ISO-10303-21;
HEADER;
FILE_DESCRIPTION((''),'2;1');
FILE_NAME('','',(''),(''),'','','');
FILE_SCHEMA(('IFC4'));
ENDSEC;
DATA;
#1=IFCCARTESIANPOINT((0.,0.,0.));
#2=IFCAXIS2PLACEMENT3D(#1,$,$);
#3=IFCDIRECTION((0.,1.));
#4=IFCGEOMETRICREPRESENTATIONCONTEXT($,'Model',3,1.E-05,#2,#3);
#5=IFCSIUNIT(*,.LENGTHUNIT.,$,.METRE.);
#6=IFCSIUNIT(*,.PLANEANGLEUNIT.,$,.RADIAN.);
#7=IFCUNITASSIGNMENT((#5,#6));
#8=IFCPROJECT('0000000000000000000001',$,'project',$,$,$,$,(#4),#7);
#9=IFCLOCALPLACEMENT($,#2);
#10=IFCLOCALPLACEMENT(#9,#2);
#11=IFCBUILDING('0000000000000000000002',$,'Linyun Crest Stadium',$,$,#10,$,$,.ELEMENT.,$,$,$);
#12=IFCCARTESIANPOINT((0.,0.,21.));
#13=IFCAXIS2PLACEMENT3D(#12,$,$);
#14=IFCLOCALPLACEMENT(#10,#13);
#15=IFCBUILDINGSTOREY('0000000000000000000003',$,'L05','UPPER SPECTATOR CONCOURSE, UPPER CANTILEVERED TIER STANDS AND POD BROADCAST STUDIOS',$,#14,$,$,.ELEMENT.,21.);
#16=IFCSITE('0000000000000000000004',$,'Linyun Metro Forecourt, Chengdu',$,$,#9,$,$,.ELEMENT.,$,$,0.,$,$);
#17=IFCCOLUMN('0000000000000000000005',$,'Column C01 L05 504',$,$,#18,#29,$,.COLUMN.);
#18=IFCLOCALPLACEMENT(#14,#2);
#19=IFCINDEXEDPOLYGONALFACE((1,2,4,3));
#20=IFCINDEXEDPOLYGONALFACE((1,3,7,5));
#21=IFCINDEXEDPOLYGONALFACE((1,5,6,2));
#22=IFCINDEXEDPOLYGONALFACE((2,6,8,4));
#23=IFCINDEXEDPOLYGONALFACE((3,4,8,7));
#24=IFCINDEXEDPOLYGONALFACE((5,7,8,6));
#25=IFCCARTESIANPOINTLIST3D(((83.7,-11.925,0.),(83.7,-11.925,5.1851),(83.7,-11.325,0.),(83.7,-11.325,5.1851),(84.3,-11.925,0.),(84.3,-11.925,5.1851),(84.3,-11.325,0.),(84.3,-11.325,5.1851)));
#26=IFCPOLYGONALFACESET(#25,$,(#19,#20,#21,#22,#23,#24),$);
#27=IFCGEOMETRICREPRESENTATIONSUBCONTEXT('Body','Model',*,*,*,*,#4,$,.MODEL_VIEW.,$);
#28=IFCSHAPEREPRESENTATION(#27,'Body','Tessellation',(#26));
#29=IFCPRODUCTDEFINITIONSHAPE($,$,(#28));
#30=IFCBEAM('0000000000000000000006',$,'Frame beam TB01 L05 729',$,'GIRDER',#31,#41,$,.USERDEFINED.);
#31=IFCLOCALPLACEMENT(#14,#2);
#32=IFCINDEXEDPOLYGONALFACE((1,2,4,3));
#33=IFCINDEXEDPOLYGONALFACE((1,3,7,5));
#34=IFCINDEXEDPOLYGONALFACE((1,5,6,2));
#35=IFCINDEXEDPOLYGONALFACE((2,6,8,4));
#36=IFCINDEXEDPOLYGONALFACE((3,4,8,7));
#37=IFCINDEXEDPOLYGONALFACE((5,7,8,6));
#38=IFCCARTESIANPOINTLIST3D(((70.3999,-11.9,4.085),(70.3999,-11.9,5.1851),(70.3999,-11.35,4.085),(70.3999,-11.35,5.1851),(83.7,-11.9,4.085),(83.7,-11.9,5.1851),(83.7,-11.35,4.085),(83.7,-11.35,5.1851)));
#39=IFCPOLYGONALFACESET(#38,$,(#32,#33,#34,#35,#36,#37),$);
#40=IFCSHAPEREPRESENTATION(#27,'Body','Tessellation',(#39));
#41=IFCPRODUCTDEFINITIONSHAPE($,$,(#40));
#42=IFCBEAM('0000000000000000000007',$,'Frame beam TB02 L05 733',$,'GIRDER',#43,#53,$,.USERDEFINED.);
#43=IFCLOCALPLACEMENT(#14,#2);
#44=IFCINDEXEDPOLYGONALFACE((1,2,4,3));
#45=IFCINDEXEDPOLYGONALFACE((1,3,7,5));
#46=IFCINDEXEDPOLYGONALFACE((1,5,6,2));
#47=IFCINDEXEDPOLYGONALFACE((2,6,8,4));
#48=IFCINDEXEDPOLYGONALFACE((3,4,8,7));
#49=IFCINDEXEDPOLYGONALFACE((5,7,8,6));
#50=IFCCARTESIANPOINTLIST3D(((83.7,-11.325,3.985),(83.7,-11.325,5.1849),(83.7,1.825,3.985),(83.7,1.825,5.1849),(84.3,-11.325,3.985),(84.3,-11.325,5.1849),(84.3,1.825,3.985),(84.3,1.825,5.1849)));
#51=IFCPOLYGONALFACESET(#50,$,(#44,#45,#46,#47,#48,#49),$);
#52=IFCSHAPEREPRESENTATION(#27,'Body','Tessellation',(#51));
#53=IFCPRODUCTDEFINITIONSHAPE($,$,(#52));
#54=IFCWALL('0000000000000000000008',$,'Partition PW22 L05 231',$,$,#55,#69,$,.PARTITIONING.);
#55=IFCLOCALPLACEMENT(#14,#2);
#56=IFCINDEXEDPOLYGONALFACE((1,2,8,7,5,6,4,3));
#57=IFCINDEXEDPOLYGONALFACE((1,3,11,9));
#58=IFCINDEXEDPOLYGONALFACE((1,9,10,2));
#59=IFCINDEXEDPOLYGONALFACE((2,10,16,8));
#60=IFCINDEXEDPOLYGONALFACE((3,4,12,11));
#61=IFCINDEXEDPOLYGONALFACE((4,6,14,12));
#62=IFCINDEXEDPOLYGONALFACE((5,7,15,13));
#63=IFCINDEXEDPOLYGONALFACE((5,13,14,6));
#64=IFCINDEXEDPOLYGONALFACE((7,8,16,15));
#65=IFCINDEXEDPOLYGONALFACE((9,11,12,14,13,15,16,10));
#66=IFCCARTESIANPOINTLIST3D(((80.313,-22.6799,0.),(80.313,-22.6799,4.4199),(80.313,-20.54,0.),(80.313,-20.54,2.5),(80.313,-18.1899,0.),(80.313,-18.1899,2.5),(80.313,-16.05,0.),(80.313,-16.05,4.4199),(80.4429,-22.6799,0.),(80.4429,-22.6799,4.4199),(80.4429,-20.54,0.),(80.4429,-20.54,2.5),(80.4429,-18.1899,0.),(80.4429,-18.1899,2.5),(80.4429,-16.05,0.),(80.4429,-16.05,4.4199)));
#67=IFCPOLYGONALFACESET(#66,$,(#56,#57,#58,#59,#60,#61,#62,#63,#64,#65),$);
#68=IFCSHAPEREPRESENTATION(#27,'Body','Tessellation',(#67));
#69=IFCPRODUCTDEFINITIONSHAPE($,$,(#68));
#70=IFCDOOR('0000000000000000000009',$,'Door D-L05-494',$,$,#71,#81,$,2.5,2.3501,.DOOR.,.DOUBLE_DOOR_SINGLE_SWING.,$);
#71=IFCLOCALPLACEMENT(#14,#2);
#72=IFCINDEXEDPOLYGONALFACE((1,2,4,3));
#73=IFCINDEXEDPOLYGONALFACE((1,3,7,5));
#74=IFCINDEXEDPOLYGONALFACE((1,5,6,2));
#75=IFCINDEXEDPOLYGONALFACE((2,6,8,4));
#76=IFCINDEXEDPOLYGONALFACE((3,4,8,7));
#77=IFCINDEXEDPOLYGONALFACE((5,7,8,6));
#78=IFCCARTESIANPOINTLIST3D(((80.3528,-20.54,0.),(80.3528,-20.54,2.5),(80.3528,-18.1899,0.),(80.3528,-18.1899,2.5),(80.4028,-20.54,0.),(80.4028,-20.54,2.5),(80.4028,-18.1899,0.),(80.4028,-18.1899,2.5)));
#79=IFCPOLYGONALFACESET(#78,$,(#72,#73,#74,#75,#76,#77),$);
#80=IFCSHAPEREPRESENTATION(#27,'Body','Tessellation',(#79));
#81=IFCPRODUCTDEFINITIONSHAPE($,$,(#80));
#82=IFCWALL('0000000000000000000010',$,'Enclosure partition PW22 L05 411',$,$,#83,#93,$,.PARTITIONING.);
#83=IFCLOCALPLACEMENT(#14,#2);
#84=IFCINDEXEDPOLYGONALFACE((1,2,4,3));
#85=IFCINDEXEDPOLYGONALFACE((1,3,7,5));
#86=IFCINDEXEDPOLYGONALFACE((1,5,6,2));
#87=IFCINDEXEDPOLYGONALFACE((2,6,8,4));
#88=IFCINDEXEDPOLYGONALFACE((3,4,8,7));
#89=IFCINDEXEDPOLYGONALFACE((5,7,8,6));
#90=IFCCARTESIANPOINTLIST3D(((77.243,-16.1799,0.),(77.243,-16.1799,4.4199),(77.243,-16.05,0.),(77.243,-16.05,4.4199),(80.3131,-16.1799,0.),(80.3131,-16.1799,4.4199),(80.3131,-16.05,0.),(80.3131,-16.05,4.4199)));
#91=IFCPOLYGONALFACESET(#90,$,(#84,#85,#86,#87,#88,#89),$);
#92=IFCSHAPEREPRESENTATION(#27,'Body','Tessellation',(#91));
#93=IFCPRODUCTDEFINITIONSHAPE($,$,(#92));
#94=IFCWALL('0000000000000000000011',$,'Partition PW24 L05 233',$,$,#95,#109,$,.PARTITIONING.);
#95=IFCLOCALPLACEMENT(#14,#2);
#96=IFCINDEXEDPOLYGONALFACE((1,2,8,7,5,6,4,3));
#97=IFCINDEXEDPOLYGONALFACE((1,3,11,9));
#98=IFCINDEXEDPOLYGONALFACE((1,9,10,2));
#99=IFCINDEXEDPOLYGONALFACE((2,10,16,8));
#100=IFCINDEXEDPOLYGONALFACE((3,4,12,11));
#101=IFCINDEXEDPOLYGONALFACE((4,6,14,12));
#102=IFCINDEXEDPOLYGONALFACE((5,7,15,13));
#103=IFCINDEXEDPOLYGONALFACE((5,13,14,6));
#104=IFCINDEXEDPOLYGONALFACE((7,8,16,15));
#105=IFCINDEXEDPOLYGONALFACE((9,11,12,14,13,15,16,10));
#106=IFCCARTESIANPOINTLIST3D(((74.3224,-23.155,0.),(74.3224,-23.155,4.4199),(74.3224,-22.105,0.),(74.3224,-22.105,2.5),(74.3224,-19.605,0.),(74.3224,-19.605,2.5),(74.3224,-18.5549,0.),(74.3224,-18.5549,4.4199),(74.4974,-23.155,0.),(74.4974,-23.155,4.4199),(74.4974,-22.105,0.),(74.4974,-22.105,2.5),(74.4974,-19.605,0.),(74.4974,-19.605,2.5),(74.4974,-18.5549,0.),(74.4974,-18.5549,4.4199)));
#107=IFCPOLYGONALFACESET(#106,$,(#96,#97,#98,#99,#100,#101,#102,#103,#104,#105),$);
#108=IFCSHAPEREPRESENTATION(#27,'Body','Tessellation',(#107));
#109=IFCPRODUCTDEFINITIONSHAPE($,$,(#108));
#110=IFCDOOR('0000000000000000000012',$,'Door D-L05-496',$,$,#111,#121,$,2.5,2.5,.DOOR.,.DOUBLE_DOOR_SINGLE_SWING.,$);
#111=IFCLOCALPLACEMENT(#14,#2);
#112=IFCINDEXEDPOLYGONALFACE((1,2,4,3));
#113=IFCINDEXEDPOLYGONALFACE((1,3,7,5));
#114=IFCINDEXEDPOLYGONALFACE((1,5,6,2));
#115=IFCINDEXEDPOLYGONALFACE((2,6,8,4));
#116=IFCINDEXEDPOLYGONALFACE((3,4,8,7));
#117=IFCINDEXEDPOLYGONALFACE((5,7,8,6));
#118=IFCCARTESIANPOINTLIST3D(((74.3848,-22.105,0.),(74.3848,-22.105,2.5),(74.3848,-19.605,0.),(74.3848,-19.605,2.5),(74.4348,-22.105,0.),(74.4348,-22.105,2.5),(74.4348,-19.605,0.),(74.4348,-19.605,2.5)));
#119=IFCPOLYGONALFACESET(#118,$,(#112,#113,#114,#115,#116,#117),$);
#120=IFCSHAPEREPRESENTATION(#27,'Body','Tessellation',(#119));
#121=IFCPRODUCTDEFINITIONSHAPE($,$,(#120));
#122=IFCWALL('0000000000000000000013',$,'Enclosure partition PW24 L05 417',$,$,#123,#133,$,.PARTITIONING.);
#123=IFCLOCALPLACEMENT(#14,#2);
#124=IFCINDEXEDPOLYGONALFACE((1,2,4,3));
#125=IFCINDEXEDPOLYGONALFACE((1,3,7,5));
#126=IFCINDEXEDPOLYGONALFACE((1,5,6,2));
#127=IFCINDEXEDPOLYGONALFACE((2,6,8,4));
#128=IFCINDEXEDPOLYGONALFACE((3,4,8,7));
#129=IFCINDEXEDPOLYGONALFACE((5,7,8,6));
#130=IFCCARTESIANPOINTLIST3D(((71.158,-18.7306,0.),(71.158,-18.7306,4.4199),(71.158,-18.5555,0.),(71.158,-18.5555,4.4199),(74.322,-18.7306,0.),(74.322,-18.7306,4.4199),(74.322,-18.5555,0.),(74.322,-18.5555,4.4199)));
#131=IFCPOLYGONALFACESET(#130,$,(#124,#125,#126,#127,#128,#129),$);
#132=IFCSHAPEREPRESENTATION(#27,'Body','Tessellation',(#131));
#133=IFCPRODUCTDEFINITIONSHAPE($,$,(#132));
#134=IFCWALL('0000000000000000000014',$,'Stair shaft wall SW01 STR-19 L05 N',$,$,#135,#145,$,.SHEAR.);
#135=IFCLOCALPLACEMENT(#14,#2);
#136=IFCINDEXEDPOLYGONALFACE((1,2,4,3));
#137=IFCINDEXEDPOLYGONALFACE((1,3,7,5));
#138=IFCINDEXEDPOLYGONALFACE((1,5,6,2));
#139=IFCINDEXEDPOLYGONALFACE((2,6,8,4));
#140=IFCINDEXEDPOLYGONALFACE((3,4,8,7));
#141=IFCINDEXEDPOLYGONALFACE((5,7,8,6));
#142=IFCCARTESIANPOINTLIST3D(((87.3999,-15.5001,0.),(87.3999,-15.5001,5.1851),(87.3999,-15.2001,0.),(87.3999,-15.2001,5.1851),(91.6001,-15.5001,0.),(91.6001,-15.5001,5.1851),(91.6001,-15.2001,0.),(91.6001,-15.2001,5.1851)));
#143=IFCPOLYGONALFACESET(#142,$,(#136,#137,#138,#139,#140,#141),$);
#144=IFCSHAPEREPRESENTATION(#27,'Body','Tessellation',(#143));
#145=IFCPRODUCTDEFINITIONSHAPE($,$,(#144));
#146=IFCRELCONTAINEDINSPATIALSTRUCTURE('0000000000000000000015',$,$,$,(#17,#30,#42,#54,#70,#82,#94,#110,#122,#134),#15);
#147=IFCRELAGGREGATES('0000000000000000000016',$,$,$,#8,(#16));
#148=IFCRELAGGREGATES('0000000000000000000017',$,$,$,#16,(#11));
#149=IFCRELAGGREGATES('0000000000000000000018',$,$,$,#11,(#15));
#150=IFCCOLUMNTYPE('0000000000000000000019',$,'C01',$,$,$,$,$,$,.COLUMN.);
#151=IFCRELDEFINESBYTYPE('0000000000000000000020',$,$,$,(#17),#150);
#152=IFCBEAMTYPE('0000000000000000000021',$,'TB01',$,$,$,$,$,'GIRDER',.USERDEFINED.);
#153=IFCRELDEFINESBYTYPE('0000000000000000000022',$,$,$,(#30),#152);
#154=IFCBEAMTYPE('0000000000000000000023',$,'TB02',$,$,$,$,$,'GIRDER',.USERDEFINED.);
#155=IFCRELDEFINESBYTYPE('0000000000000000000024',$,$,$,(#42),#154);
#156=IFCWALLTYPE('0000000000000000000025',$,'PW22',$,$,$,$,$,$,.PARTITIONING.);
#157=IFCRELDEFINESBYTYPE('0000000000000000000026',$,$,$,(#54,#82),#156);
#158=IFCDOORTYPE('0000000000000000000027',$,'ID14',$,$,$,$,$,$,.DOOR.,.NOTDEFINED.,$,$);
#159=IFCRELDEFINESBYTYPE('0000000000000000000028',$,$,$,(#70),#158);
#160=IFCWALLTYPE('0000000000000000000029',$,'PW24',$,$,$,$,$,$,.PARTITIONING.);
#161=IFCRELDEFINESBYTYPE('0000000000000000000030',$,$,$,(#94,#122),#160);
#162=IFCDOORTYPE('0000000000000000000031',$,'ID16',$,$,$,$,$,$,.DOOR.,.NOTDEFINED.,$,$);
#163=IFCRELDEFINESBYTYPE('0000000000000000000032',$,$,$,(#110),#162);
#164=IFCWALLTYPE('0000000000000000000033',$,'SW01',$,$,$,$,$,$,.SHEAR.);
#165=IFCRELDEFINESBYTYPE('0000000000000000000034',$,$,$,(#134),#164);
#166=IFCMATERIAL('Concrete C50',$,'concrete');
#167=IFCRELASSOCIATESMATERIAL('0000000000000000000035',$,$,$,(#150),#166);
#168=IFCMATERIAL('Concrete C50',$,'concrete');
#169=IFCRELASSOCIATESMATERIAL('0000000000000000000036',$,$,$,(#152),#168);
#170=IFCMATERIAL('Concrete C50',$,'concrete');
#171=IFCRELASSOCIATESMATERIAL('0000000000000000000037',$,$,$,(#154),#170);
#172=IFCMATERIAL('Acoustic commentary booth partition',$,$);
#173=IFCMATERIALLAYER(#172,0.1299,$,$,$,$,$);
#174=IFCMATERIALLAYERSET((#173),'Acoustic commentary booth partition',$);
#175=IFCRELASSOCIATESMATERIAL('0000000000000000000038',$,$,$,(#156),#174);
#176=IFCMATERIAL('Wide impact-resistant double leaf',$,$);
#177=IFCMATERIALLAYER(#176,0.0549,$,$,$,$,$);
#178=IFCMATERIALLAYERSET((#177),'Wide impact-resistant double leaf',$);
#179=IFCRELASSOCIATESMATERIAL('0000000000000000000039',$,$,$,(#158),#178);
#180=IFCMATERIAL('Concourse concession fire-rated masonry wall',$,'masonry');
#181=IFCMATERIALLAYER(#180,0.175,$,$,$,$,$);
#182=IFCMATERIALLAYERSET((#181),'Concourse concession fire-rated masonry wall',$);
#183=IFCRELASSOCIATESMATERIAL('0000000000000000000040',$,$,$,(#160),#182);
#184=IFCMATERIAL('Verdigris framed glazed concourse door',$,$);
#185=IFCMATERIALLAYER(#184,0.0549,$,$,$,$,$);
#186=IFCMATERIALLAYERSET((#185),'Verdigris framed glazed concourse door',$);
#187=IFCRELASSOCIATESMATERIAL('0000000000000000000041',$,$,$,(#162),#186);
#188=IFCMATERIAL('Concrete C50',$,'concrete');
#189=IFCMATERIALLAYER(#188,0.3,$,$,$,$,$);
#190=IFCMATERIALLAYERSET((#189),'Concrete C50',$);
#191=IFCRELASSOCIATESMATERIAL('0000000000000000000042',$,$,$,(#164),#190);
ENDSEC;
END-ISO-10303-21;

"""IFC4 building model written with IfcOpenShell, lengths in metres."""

from ifc_helpers import new_model, si_unit, direction, frame, frame_2d, origin, origin_2d, place, context, subcontext, project, spatial, rectangle, extrude, material, layer, layer_set, material_profile, profile_set, type_object, element, fill, save


model = new_model("IFC4")

# Units and contexts
model_context = context("Model", 3, precision=1e-05, world=origin(), true_north=direction((0.0, 1.0)))
body_context = subcontext(model_context, "Body", "Model", "MODEL_VIEW")
ifc_project = project(units=[si_unit("LENGTHUNIT", "METRE"), si_unit("PLANEANGLEUNIT", "RADIAN")], contexts=[model_context])

# Site, building, storey
site_placement = place(None, origin())
site = spatial("IfcSite", under=ifc_project, at=site_placement, Name="Linyun Metro Forecourt, Chengdu", CompositionType="ELEMENT", RefElevation=0.0)
building_placement = place(site_placement, origin())
building = spatial("IfcBuilding", under=site, at=building_placement, Name="Linyun Crest Stadium", CompositionType="ELEMENT")
storey_placement = place(building_placement, frame((0.0, 0.0, 21.0)))
storey = spatial("IfcBuildingStorey", under=building, at=storey_placement, Name="L05", Description="UPPER SPECTATOR CONCOURSE, UPPER CANTILEVERED TIER STANDS AND POD BROADCAST STUDIOS", CompositionType="ELEMENT", Elevation=21.0)

# Column
ifc_material_1 = material(Name="Concrete C50", Category="concrete")
ifc_material_profile_1 = material_profile(ifc_material_1, rectangle(XDim=0.6001, YDim=0.6001, at=origin_2d()), Name="RC 600x600")
ifc_profile_set_1 = profile_set([ifc_material_profile_1], Name="Concrete C50")
column_type = type_object("IfcColumnType", Name="C01", PredefinedType="COLUMN", material=ifc_profile_set_1)
column_placement = place(storey_placement, frame((84.0, -11.625, 0.0), z_axis=(0.0, 0.0, 1.0), x_axis=(1.0, 0.0, 0.0)))
element("IfcColumn", 1, at=column_placement, inside=storey, type_object=column_type, Name="Column C01 L05 504", PredefinedType="COLUMN", context=body_context, shape_type="SweptSolid", body=[
    extrude(rectangle(XDim=0.6001, YDim=0.6001, at=origin_2d()), origin(), (0.0, 0.0, 1.0), 5.1851),
])

# Beams
ifc_material_2 = material(Name="Concrete C50", Category="concrete")
ifc_material_profile_2 = material_profile(ifc_material_2, rectangle(XDim=0.55, YDim=1.1001, at=origin_2d()), Name="RCB 1100x550")
ifc_profile_set_2 = profile_set([ifc_material_profile_2], Name="Concrete C50")
beam_type_1 = type_object("IfcBeamType", Name="TB01", ElementType="GIRDER", PredefinedType="USERDEFINED", material=ifc_profile_set_2)
beam_1_placement = place(storey_placement, frame((70.3999, -11.625, 4.635), z_axis=(1.0, 0.0, 0.0), x_axis=(0.0, 1.0, 0.0)))
element("IfcBeam", 2, at=beam_1_placement, inside=storey, type_object=beam_type_1, Name="Frame beam TB01 L05 729", ObjectType="GIRDER", PredefinedType="USERDEFINED", context=body_context, shape_type="SweptSolid", body=[
    extrude(rectangle(XDim=0.55, YDim=1.1001, at=origin_2d()), origin(), (0.0, 0.0, 1.0), 13.3),
])
ifc_material_3 = material(Name="Concrete C50", Category="concrete")
ifc_material_profile_3 = material_profile(ifc_material_3, rectangle(XDim=0.6001, YDim=1.2, at=origin_2d()), Name="RCB 1200x600")
ifc_profile_set_3 = profile_set([ifc_material_profile_3], Name="Concrete C50")
beam_type_2 = type_object("IfcBeamType", Name="TB02", ElementType="GIRDER", PredefinedType="USERDEFINED", material=ifc_profile_set_3)
beam_2_placement = place(storey_placement, frame((84.0, -11.325, 4.585), z_axis=(0.0, 1.0, 0.0), x_axis=(-1.0, 0.0, 0.0)))
element("IfcBeam", 3, at=beam_2_placement, inside=storey, type_object=beam_type_2, Name="Frame beam TB02 L05 733", ObjectType="GIRDER", PredefinedType="USERDEFINED", context=body_context, shape_type="SweptSolid", body=[
    extrude(rectangle(XDim=0.6001, YDim=1.2, at=origin_2d()), origin(), (0.0, 0.0, 1.0), 13.1499),
])

# Wall, opening, door
ifc_material_4 = material(Name="Acoustic commentary booth partition")
ifc_layer_1 = layer(ifc_material_4, 0.1299)
ifc_layer_set_1 = layer_set([ifc_layer_1], Name="Acoustic commentary booth partition")
wall_type_1 = type_object("IfcWallType", Name="PW22", PredefinedType="PARTITIONING", material=ifc_layer_set_1)
wall_1_placement = place(storey_placement, frame((80.3779, -16.05, 0.0), z_axis=(0.0, 0.0, 1.0), x_axis=(0.0, -1.0, 0.0)))
wall_1 = element("IfcWall", 4, at=wall_1_placement, inside=storey, type_object=wall_type_1, Name="Partition PW22 L05 231", PredefinedType="PARTITIONING", context=body_context, shape_type="SweptSolid", body=[
    extrude(rectangle(XDim=6.6299, YDim=0.1299, at=frame_2d((3.3149, 0.0))), origin(), (0.0, 0.0, 1.0), 4.4199),
])
opening_1_placement = place(wall_1_placement, frame((2.1399, 0.0, 0.0)))
opening_1 = element("IfcOpeningElement", 5, at=opening_1_placement, cuts=wall_1, PredefinedType="OPENING", context=body_context, shape_type="SweptSolid", body=[
    extrude(rectangle(XDim=2.3501, YDim=2.5, at=frame_2d((1.175, 1.25))), frame((0.0, 0.075, 0.0), z_axis=(0.0, -1.0, 0.0), x_axis=(1.0, 0.0, 0.0)), (0.0, 0.0, 1.0), 0.1499),
])
ifc_material_5 = material(Name="Wide impact-resistant double leaf")
ifc_layer_2 = layer(ifc_material_5, 0.0549)
ifc_layer_set_2 = layer_set([ifc_layer_2], Name="Wide impact-resistant double leaf")
door_type_1 = type_object("IfcDoorType", Name="ID14", OperationType="NOTDEFINED", PredefinedType="DOOR", material=ifc_layer_set_2)
door_1_placement = place(opening_1_placement, origin())
door_1 = element("IfcDoor", 6, at=door_1_placement, inside=storey, type_object=door_type_1, Name="Door D-L05-494", OperationType="DOUBLE_DOOR_SINGLE_SWING", OverallHeight=2.5, OverallWidth=2.3501, PredefinedType="DOOR", context=body_context, shape_type="SweptSolid", body=[
    extrude(rectangle(XDim=2.3501, YDim=2.5, at=frame_2d((1.175, 1.25))), frame((0.0, 0.0249, 0.0), z_axis=(0.0, -1.0, 0.0), x_axis=(1.0, 0.0, 0.0)), (0.0, 0.0, 1.0), 0.05),
])
fill(opening_1, door_1)

# Wall
wall_2_placement = place(storey_placement, frame((77.2429, -16.115, 0.0), z_axis=(0.0, 0.0, 1.0), x_axis=(1.0, 0.0, 0.0)))
element("IfcWall", 7, at=wall_2_placement, inside=storey, type_object=wall_type_1, Name="Enclosure partition PW22 L05 411", PredefinedType="PARTITIONING", context=body_context, shape_type="SweptSolid", body=[
    extrude(rectangle(XDim=3.0701, YDim=0.1299, at=frame_2d((1.5352, 0.0))), origin(), (0.0, 0.0, 1.0), 4.4199),
])

# Wall, opening, door
ifc_material_6 = material(Name="Concourse concession fire-rated masonry wall", Category="masonry")
ifc_layer_3 = layer(ifc_material_6, 0.175)
ifc_layer_set_3 = layer_set([ifc_layer_3], Name="Concourse concession fire-rated masonry wall")
wall_type_2 = type_object("IfcWallType", Name="PW24", PredefinedType="PARTITIONING", material=ifc_layer_set_3)
wall_3_placement = place(storey_placement, frame((74.4099, -18.5549, 0.0), z_axis=(0.0, 0.0, 1.0), x_axis=(0.0, -1.0, 0.0)))
wall_3 = element("IfcWall", 8, at=wall_3_placement, inside=storey, type_object=wall_type_2, Name="Partition PW24 L05 233", PredefinedType="PARTITIONING", context=body_context, shape_type="SweptSolid", body=[
    extrude(rectangle(XDim=4.6001, YDim=0.175, at=frame_2d((2.3, 0.0))), origin(), (0.0, 0.0, 1.0), 4.4199),
])
opening_2_placement = place(wall_3_placement, frame((1.05, 0.0, 0.0)))
opening_2 = element("IfcOpeningElement", 9, at=opening_2_placement, cuts=wall_3, PredefinedType="OPENING", context=body_context, shape_type="SweptSolid", body=[
    extrude(rectangle(XDim=2.5, YDim=2.5, at=frame_2d((1.25, 1.25))), frame((0.0, 0.0974, 0.0), z_axis=(0.0, -1.0, 0.0), x_axis=(1.0, 0.0, 0.0)), (0.0, 0.0, 1.0), 0.1951),
])
ifc_material_7 = material(Name="Verdigris framed glazed concourse door")
ifc_layer_4 = layer(ifc_material_7, 0.0549)
ifc_layer_set_4 = layer_set([ifc_layer_4], Name="Verdigris framed glazed concourse door")
door_type_2 = type_object("IfcDoorType", Name="ID16", OperationType="NOTDEFINED", PredefinedType="DOOR", material=ifc_layer_set_4)
door_2_placement = place(opening_2_placement, origin())
door_2 = element("IfcDoor", 10, at=door_2_placement, inside=storey, type_object=door_type_2, Name="Door D-L05-496", OperationType="DOUBLE_DOOR_SINGLE_SWING", OverallHeight=2.5, OverallWidth=2.5, PredefinedType="DOOR", context=body_context, shape_type="SweptSolid", body=[
    extrude(rectangle(XDim=2.5, YDim=2.5, at=frame_2d((1.25, 1.25))), frame((0.0, 0.0249, 0.0), z_axis=(0.0, -1.0, 0.0), x_axis=(1.0, 0.0, 0.0)), (0.0, 0.0, 1.0), 0.05),
])
fill(opening_2, door_2)

# Walls
wall_4_placement = place(storey_placement, frame((71.158, -18.6431, 0.0), z_axis=(0.0, 0.0, 1.0), x_axis=(1.0, 0.0, 0.0)))
element("IfcWall", 11, at=wall_4_placement, inside=storey, type_object=wall_type_2, Name="Enclosure partition PW24 L05 417", PredefinedType="PARTITIONING", context=body_context, shape_type="SweptSolid", body=[
    extrude(rectangle(XDim=3.1641, YDim=0.175, at=frame_2d((1.582, 0.0))), origin(), (0.0, 0.0, 1.0), 4.4199),
])
ifc_material_8 = material(Name="Concrete C50", Category="concrete")
ifc_layer_5 = layer(ifc_material_8, 0.3)
ifc_layer_set_5 = layer_set([ifc_layer_5], Name="Concrete C50")
wall_type_3 = type_object("IfcWallType", Name="SW01", PredefinedType="SHEAR", material=ifc_layer_set_5)
wall_5_placement = place(storey_placement, frame((87.3999, -15.3501, 0.0), z_axis=(0.0, 0.0, 1.0), x_axis=(1.0, 0.0, 0.0)))
element("IfcWall", 12, at=wall_5_placement, inside=storey, type_object=wall_type_3, Name="Stair shaft wall SW01 STR-19 L05 N", PredefinedType="SHEAR", context=body_context, shape_type="SweptSolid", body=[
    extrude(rectangle(XDim=4.2002, YDim=0.3, at=frame_2d((2.1001, 0.0))), origin(), (0.0, 0.0, 1.0), 5.1851),
])

save(model, "model.ifc")
